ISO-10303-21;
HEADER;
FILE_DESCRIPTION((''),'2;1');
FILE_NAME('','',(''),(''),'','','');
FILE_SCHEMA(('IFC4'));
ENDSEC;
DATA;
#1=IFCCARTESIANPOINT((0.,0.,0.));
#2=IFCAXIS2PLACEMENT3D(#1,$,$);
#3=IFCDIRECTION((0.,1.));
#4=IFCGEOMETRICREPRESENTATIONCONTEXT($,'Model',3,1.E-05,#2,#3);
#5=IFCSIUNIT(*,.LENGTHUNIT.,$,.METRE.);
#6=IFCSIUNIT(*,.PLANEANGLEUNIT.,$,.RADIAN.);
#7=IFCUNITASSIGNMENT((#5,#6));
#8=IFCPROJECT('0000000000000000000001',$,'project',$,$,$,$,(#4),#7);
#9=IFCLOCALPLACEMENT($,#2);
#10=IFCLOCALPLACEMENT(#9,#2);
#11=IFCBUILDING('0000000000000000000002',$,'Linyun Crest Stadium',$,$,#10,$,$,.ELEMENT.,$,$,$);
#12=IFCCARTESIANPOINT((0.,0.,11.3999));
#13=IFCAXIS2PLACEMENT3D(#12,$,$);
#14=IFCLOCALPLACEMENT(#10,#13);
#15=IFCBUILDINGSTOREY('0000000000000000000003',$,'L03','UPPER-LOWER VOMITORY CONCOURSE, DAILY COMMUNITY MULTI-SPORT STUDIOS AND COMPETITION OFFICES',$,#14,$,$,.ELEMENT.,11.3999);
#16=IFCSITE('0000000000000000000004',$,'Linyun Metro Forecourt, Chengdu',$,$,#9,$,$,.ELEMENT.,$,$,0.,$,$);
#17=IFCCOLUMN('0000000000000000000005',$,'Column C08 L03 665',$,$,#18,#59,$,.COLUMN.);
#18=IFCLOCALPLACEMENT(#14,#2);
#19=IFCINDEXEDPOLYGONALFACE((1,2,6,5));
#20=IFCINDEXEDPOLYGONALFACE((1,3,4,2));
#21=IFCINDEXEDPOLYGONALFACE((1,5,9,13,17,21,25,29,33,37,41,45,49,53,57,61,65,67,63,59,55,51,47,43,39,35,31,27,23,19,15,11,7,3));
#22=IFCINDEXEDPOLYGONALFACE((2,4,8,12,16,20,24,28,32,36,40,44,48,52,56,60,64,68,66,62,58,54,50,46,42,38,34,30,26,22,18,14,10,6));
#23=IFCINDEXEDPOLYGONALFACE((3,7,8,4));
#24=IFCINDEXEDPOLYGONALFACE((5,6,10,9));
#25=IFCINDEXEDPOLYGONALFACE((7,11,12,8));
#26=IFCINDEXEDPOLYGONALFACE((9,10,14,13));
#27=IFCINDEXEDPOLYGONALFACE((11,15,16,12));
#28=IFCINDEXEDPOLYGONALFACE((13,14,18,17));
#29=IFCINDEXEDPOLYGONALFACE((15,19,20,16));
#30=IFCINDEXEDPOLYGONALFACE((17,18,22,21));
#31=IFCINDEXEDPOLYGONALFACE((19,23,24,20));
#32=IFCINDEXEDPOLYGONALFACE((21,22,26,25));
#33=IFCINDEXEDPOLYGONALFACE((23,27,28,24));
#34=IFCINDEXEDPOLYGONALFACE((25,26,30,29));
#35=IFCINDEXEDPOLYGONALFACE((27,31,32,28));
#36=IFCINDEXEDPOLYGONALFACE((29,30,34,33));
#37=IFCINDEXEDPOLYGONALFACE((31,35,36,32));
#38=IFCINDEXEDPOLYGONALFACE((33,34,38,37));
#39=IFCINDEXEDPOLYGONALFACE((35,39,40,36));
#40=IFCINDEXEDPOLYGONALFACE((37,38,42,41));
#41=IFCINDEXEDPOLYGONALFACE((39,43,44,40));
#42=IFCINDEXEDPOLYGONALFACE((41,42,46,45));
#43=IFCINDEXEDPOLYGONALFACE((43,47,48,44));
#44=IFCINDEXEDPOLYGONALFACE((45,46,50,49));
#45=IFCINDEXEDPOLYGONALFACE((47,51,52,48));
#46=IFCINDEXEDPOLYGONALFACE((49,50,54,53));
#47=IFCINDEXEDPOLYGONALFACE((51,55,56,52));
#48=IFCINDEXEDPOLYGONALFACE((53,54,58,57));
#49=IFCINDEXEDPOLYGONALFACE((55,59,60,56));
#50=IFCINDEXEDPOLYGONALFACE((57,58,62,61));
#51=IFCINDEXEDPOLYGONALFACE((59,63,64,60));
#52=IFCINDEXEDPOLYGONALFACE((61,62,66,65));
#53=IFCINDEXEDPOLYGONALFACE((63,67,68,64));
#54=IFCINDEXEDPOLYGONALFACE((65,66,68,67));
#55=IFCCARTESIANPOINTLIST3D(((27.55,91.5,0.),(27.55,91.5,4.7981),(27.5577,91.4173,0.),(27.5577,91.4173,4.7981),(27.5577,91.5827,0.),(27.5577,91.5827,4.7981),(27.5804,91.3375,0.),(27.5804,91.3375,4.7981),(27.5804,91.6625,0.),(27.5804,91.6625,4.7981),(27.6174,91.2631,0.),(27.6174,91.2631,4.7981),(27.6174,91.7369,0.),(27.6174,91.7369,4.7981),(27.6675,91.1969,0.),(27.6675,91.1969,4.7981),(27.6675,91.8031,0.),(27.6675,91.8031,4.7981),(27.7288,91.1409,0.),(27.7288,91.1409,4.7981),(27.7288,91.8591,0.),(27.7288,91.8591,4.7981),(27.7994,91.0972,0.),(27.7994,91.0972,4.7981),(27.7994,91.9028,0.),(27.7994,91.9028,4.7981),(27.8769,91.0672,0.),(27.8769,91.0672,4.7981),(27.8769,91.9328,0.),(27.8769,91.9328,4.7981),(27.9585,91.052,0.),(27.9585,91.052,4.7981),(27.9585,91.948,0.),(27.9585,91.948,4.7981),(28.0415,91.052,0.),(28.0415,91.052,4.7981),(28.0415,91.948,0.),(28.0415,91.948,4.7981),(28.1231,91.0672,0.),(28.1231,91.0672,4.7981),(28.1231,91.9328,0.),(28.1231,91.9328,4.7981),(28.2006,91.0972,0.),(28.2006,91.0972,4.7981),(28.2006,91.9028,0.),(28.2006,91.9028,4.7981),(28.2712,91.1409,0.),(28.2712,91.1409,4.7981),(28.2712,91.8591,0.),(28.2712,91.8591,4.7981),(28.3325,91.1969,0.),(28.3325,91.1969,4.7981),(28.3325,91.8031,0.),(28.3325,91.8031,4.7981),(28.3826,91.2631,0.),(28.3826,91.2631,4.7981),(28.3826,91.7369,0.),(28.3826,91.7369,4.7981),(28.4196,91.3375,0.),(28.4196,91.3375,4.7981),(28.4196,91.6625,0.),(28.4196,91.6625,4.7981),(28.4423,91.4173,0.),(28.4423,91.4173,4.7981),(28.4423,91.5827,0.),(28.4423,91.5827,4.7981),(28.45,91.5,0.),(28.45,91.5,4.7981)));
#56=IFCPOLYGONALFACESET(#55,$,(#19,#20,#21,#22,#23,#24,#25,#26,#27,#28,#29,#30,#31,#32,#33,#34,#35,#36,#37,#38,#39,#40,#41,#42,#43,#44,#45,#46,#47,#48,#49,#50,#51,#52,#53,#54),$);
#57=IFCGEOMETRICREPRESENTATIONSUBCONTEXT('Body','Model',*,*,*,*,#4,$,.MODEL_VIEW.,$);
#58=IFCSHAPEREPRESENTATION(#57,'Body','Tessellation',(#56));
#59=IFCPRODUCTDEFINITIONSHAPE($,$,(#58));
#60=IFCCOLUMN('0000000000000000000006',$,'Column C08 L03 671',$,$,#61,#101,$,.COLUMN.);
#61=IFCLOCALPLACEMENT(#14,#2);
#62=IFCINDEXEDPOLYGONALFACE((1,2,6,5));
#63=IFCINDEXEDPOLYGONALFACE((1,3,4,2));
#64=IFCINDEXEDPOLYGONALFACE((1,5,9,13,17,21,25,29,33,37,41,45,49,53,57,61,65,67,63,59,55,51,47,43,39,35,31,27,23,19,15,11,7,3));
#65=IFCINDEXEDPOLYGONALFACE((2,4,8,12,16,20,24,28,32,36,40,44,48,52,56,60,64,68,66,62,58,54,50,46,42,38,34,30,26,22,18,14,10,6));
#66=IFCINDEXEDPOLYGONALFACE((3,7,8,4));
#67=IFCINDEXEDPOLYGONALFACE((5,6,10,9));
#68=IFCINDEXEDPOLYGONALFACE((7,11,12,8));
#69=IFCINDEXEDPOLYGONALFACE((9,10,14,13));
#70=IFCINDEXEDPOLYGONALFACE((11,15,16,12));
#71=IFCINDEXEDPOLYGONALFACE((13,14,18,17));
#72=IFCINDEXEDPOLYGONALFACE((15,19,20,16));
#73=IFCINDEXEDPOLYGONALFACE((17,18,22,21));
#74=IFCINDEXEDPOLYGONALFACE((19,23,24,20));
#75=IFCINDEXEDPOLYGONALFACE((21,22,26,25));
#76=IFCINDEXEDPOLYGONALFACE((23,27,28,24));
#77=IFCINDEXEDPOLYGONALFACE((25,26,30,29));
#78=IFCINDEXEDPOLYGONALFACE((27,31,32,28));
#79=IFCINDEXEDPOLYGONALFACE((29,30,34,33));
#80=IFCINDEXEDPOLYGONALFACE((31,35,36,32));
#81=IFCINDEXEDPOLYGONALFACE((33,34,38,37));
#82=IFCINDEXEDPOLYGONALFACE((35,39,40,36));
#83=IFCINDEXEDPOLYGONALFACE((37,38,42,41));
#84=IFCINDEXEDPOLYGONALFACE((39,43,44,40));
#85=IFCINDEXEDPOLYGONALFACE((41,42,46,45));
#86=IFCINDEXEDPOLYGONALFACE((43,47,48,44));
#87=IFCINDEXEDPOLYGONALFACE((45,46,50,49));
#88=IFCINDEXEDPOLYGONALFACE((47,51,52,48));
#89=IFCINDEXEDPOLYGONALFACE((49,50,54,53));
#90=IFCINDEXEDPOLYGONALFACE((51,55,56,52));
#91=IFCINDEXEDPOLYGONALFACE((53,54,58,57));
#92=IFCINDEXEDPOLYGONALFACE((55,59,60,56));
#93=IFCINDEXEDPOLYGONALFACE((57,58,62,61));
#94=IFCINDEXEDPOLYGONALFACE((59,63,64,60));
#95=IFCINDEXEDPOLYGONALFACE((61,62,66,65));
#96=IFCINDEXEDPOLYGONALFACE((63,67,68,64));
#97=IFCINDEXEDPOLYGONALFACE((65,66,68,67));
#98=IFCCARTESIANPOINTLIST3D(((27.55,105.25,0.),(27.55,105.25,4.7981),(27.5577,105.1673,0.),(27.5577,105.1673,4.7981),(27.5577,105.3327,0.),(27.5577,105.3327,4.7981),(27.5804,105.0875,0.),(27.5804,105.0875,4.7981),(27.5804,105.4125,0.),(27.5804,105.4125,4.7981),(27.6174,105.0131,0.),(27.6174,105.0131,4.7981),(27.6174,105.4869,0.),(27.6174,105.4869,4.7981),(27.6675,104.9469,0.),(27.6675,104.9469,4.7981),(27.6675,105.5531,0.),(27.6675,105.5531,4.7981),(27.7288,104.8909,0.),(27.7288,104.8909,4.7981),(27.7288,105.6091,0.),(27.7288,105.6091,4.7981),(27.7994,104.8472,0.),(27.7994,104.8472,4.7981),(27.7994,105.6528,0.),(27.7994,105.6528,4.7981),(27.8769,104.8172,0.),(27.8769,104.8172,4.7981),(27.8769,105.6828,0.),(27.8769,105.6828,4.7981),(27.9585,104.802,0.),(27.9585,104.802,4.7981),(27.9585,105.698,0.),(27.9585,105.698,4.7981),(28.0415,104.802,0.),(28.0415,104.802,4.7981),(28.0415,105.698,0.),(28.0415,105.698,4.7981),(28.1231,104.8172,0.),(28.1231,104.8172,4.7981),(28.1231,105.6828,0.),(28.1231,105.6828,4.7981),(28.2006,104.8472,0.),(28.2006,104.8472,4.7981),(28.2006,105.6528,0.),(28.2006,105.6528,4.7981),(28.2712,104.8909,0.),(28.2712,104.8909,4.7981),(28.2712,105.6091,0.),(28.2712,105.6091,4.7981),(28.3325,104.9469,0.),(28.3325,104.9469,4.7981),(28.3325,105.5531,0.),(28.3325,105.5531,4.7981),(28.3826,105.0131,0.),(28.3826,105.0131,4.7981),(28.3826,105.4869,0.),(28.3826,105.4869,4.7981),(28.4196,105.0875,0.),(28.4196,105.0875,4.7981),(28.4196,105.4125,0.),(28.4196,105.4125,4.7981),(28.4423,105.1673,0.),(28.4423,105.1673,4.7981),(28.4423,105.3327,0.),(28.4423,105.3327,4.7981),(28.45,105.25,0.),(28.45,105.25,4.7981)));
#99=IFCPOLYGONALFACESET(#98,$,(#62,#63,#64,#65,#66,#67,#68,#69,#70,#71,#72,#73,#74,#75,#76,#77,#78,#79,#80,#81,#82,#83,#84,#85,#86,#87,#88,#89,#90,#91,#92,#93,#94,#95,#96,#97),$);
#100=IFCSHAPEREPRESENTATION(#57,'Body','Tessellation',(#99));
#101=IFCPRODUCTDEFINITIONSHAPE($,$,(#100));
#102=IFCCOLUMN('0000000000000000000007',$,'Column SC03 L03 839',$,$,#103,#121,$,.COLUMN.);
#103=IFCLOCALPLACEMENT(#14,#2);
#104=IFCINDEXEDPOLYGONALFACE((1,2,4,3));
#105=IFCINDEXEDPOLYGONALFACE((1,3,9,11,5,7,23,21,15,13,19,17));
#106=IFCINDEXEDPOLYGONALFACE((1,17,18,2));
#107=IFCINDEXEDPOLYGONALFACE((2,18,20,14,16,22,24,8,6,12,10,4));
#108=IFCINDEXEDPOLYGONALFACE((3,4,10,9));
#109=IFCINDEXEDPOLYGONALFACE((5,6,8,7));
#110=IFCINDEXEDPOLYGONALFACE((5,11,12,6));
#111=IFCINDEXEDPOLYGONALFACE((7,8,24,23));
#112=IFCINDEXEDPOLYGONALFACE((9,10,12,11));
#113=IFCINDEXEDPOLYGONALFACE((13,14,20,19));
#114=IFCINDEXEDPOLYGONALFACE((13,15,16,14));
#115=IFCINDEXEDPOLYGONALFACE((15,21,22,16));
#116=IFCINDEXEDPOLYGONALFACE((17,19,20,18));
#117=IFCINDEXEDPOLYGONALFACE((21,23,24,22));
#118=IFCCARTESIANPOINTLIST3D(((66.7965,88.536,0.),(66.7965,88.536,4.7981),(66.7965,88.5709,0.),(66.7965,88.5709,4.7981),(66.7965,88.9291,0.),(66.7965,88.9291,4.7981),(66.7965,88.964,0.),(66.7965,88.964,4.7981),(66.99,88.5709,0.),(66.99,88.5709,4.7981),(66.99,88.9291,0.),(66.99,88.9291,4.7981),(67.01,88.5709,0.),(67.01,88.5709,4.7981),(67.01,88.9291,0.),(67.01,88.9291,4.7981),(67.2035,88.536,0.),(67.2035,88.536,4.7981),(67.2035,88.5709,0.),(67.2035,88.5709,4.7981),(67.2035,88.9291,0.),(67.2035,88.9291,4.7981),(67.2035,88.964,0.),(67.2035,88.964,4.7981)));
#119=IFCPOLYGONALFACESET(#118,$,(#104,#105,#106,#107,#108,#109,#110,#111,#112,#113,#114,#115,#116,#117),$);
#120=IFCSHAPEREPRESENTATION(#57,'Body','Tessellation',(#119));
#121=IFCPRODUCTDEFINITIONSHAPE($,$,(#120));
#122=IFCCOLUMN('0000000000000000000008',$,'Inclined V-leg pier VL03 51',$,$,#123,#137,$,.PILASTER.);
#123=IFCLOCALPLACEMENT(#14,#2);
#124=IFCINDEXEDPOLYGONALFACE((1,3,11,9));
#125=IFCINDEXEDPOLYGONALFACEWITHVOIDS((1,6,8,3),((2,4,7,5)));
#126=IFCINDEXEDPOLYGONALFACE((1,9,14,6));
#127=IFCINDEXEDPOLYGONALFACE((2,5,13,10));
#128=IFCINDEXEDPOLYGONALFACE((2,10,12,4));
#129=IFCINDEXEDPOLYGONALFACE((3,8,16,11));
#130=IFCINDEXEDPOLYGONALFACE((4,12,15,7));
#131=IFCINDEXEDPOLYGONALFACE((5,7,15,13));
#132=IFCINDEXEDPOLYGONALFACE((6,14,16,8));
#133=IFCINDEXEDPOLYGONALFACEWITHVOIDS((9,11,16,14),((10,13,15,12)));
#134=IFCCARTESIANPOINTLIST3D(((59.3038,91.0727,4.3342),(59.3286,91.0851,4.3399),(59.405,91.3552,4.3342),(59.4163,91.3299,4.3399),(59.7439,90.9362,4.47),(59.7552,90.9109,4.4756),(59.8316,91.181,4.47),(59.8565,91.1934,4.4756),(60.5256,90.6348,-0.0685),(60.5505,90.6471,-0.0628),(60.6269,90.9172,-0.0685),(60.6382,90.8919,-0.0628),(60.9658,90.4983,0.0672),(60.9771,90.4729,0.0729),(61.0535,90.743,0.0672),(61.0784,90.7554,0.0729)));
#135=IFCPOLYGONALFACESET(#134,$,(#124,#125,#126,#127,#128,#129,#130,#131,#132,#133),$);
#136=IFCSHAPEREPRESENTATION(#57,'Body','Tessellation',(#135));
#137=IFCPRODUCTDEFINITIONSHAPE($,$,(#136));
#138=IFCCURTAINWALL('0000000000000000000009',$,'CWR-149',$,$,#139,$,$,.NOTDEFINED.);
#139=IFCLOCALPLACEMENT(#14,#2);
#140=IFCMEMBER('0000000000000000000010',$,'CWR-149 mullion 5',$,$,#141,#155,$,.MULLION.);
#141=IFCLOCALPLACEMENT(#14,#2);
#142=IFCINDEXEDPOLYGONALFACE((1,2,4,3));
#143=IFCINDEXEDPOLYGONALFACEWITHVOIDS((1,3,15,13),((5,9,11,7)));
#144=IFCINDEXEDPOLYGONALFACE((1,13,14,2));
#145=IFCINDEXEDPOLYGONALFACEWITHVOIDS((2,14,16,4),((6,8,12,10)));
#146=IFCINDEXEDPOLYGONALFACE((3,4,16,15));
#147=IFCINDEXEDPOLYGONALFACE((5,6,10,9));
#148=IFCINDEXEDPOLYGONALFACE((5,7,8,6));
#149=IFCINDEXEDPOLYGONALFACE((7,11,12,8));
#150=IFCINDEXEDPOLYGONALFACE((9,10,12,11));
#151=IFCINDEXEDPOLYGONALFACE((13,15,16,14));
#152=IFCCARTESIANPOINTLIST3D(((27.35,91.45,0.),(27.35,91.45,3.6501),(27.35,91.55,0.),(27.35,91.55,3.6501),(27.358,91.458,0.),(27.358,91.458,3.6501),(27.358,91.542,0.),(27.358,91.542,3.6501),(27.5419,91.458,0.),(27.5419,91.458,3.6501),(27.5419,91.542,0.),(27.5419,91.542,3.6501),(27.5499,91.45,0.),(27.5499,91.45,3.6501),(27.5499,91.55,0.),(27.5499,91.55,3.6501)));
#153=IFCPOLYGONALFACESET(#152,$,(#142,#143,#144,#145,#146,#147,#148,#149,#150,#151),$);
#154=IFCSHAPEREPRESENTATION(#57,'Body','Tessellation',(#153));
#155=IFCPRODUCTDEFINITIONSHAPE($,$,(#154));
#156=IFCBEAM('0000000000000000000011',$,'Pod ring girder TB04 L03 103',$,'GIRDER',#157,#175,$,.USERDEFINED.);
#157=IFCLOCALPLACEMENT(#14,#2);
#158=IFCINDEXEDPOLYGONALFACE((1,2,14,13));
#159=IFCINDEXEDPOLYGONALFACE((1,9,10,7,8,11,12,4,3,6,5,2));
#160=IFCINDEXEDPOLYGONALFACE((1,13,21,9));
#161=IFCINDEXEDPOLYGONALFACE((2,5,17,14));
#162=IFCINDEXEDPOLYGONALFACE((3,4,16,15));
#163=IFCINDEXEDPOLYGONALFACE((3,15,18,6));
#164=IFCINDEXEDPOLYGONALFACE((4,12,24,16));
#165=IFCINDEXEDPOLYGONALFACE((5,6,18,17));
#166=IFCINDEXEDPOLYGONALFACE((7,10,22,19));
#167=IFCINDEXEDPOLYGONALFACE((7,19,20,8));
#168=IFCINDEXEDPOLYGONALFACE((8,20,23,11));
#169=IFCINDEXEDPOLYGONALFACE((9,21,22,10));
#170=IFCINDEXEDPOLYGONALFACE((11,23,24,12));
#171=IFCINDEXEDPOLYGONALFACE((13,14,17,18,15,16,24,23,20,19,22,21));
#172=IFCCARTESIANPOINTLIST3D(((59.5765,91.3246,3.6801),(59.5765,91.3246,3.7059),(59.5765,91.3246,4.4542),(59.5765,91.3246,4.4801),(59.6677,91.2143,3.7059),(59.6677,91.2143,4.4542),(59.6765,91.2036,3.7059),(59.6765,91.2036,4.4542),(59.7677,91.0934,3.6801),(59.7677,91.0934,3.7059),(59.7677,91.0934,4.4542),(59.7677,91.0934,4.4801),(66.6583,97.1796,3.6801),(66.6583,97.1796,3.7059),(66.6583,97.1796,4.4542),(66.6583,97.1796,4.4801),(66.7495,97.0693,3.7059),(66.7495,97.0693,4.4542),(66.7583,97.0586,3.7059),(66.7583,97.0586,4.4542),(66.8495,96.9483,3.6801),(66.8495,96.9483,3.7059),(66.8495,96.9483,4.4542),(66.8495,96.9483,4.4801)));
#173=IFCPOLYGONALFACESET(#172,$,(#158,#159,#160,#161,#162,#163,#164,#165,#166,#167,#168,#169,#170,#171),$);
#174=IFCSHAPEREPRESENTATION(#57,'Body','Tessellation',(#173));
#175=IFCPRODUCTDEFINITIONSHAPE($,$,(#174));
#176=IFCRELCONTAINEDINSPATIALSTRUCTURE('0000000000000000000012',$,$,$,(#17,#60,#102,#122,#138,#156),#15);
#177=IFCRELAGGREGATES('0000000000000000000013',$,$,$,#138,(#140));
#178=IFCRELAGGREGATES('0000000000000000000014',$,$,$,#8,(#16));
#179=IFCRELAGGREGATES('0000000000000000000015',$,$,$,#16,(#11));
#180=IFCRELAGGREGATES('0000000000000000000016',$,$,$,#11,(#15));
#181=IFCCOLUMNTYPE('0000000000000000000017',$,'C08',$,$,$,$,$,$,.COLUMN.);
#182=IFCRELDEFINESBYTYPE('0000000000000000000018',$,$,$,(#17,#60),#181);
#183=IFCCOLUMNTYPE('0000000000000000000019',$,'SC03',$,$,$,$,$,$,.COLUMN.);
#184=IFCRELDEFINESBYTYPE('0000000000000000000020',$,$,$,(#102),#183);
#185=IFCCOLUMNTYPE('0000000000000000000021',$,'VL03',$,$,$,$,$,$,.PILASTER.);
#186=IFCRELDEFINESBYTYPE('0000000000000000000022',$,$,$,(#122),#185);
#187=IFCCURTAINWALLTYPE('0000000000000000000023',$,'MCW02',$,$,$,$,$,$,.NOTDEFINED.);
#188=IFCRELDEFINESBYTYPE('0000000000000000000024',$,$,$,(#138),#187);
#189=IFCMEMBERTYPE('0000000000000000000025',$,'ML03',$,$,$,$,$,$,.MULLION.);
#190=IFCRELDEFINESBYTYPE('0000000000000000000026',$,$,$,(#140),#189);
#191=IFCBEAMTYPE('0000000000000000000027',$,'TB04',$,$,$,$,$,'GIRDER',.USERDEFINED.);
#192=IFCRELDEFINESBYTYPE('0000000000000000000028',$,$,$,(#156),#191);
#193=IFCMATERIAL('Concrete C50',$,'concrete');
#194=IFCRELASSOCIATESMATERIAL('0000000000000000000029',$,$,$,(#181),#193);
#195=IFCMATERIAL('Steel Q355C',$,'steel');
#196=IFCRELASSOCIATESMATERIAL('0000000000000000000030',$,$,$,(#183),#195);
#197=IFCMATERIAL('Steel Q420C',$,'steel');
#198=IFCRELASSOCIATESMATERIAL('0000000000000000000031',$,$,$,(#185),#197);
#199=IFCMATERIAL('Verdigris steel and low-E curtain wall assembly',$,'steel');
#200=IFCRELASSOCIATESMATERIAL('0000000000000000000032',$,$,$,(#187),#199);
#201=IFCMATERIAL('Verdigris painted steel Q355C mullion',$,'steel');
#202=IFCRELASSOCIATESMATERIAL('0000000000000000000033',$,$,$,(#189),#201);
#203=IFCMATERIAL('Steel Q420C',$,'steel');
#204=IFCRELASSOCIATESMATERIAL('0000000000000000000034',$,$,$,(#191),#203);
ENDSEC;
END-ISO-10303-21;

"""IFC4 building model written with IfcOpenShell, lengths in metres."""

from ifc_helpers import new_model, si_unit, direction, frame, origin, origin_2d, place, context, subcontext, project, spatial, hollow_rectangle, circle, i_section, extrude, material, material_profile, profile_set, type_object, element, aggregate, save


model = new_model("IFC4")

# Units and contexts
model_context = context("Model", 3, precision=1e-05, world=origin(), true_north=direction((0.0, 1.0)))
body_context = subcontext(model_context, "Body", "Model", "MODEL_VIEW")
ifc_project = project(units=[si_unit("LENGTHUNIT", "METRE"), si_unit("PLANEANGLEUNIT", "RADIAN")], contexts=[model_context])

# Site, building, storey
site_placement = place(None, origin())
site = spatial("IfcSite", under=ifc_project, at=site_placement, Name="Linyun Metro Forecourt, Chengdu", CompositionType="ELEMENT", RefElevation=0.0)
building_placement = place(site_placement, origin())
building = spatial("IfcBuilding", under=site, at=building_placement, Name="Linyun Crest Stadium", CompositionType="ELEMENT")
storey_placement = place(building_placement, frame((0.0, 0.0, 11.3999)))
storey = spatial("IfcBuildingStorey", under=building, at=storey_placement, Name="L03", Description="UPPER-LOWER VOMITORY CONCOURSE, DAILY COMMUNITY MULTI-SPORT STUDIOS AND COMPETITION OFFICES", CompositionType="ELEMENT", Elevation=11.3999)

# Columns
ifc_material_1 = material(Name="Concrete C50", Category="concrete")
ifc_material_profile_1 = material_profile(ifc_material_1, circle(Radius=0.45, at=origin_2d()), Name="RC D900")
ifc_profile_set_1 = profile_set([ifc_material_profile_1], Name="Concrete C50")
column_type_1 = type_object("IfcColumnType", Name="C08", PredefinedType="COLUMN", material=ifc_profile_set_1)
for number, where, z_axis, x_axis, name in (
    (1, (28.0, 91.5, 0.0), (0.0, 0.0, 1.0), (1.0, 0.0, 0.0), "Column C08 L03 665"),
    (2, (28.0, 105.25, 0.0), (0.0, 0.0, 1.0), (1.0, 0.0, 0.0), "Column C08 L03 671"),
):
    element("IfcColumn", number, at=place(storey_placement, frame(where, z_axis=z_axis, x_axis=x_axis)), inside=storey, type_object=column_type_1, Name=name, PredefinedType="COLUMN", context=body_context, shape_type="SweptSolid", body=[
        extrude(circle(Radius=0.45, at=origin_2d()), origin(), (0.0, 0.0, 1.0), 4.7981),
    ])
ifc_material_2 = material(Name="Steel Q355C", Category="steel")
ifc_material_profile_2 = material_profile(ifc_material_2, i_section(OverallWidth=0.407, OverallDepth=0.428, WebThickness=0.02, FlangeThickness=0.0349, at=origin_2d()), Name="HW 428x407")
ifc_profile_set_2 = profile_set([ifc_material_profile_2], Name="Steel Q355C")
column_type_2 = type_object("IfcColumnType", Name="SC03", PredefinedType="COLUMN", material=ifc_profile_set_2)
column_1_placement = place(storey_placement, frame((67.0, 88.75, 0.0), z_axis=(0.0, 0.0, 1.0), x_axis=(1.0, 0.0, 0.0)))
element("IfcColumn", 3, at=column_1_placement, inside=storey, type_object=column_type_2, Name="Column SC03 L03 839", PredefinedType="COLUMN", context=body_context, shape_type="SweptSolid", body=[
    extrude(i_section(OverallWidth=0.407, OverallDepth=0.428, WebThickness=0.02, FlangeThickness=0.0349, at=origin_2d()), origin(), (0.0, 0.0, 1.0), 4.7981),
])
ifc_material_3 = material(Name="Steel Q420C", Category="steel")
ifc_material_profile_3 = material_profile(ifc_material_3, hollow_rectangle(XDim=0.3, YDim=0.5, WallThickness=0.02, at=origin_2d()), Name="RHS 500x300x20")
ifc_profile_set_3 = profile_set([ifc_material_profile_3], Name="Steel Q420C")
column_type_3 = type_object("IfcColumnType", Name="VL03", PredefinedType="PILASTER", material=ifc_profile_set_3)
column_2_placement = place(storey_placement, frame((60.802, 90.6951, 0.0022), z_axis=(-0.266203, 0.095418, 0.959183), x_axis=(-0.33742, -0.941354, 0.0)))
element("IfcColumn", 4, at=column_2_placement, inside=storey, type_object=column_type_3, Name="Inclined V-leg pier VL03 51", PredefinedType="PILASTER", context=body_context, shape_type="SweptSolid", body=[
    extrude(hollow_rectangle(XDim=0.3, YDim=0.5, WallThickness=0.02, at=origin_2d()), origin(), (0.0, 0.0, 1.0), 4.5901),
])

# Curtain wall, member
ifc_material_4 = material(Name="Verdigris steel and low-E curtain wall assembly", Category="steel")
curtain_wall_type = type_object("IfcCurtainWallType", Name="MCW02", PredefinedType="NOTDEFINED", material=ifc_material_4)
curtain_wall_placement = place(storey_placement, origin())
curtain_wall = element("IfcCurtainWall", 5, at=curtain_wall_placement, inside=storey, type_object=curtain_wall_type, Name="CWR-149", PredefinedType="NOTDEFINED")
ifc_material_5 = material(Name="Verdigris painted steel Q355C mullion", Category="steel")
ifc_material_profile_4 = material_profile(ifc_material_5, hollow_rectangle(XDim=0.1001, YDim=0.2, WallThickness=0.0081, at=origin_2d()), Name="RHS 200x100x8")
ifc_profile_set_4 = profile_set([ifc_material_profile_4], Name="Verdigris painted steel Q355C mullion")
member_type = type_object("IfcMemberType", Name="ML03", PredefinedType="MULLION", material=ifc_profile_set_4)
member_placement = place(storey_placement, frame((27.45, 91.5, 0.0), z_axis=(0.0, 0.0, 1.0), x_axis=(0.0, 1.0, 0.0)))
member = element("IfcMember", 6, at=member_placement, type_object=member_type, Name="CWR-149 mullion 5", PredefinedType="MULLION", context=body_context, shape_type="SweptSolid", body=[
    extrude(hollow_rectangle(XDim=0.1001, YDim=0.2, WallThickness=0.0081, at=origin_2d()), origin(), (0.0, 0.0, 1.0), 3.6501),
])
aggregate(curtain_wall, [member])

# Beam
ifc_material_6 = material(Name="Steel Q420C", Category="steel")
ifc_material_profile_5 = material_profile(ifc_material_6, i_section(OverallWidth=0.3, OverallDepth=0.8, WebThickness=0.0139, FlangeThickness=0.0259, at=origin_2d()), Name="HN 800x300")
ifc_profile_set_5 = profile_set([ifc_material_profile_5], Name="Steel Q420C")
beam_type_1 = type_object("IfcBeamType", Name="TB04", ElementType="GIRDER", PredefinedType="USERDEFINED", material=ifc_profile_set_5)
beam_1_placement = place(storey_placement, frame((66.7539, 97.064, 4.0801), z_axis=(-0.770705, -0.637192, 0.0), x_axis=(0.637192, -0.770705, 0.0)))
element("IfcBeam", 7, at=beam_1_placement, inside=storey, type_object=beam_type_1, Name="Pod ring girder TB04 L03 103", ObjectType="GIRDER", PredefinedType="USERDEFINED", context=body_context, shape_type="SweptSolid", body=[
    extrude(i_section(OverallWidth=0.3, OverallDepth=0.8, WebThickness=0.0139, FlangeThickness=0.0259, at=origin_2d()), origin(), (0.0, 0.0, 1.0), 9.1887),
])

save(model, "model.ifc")
